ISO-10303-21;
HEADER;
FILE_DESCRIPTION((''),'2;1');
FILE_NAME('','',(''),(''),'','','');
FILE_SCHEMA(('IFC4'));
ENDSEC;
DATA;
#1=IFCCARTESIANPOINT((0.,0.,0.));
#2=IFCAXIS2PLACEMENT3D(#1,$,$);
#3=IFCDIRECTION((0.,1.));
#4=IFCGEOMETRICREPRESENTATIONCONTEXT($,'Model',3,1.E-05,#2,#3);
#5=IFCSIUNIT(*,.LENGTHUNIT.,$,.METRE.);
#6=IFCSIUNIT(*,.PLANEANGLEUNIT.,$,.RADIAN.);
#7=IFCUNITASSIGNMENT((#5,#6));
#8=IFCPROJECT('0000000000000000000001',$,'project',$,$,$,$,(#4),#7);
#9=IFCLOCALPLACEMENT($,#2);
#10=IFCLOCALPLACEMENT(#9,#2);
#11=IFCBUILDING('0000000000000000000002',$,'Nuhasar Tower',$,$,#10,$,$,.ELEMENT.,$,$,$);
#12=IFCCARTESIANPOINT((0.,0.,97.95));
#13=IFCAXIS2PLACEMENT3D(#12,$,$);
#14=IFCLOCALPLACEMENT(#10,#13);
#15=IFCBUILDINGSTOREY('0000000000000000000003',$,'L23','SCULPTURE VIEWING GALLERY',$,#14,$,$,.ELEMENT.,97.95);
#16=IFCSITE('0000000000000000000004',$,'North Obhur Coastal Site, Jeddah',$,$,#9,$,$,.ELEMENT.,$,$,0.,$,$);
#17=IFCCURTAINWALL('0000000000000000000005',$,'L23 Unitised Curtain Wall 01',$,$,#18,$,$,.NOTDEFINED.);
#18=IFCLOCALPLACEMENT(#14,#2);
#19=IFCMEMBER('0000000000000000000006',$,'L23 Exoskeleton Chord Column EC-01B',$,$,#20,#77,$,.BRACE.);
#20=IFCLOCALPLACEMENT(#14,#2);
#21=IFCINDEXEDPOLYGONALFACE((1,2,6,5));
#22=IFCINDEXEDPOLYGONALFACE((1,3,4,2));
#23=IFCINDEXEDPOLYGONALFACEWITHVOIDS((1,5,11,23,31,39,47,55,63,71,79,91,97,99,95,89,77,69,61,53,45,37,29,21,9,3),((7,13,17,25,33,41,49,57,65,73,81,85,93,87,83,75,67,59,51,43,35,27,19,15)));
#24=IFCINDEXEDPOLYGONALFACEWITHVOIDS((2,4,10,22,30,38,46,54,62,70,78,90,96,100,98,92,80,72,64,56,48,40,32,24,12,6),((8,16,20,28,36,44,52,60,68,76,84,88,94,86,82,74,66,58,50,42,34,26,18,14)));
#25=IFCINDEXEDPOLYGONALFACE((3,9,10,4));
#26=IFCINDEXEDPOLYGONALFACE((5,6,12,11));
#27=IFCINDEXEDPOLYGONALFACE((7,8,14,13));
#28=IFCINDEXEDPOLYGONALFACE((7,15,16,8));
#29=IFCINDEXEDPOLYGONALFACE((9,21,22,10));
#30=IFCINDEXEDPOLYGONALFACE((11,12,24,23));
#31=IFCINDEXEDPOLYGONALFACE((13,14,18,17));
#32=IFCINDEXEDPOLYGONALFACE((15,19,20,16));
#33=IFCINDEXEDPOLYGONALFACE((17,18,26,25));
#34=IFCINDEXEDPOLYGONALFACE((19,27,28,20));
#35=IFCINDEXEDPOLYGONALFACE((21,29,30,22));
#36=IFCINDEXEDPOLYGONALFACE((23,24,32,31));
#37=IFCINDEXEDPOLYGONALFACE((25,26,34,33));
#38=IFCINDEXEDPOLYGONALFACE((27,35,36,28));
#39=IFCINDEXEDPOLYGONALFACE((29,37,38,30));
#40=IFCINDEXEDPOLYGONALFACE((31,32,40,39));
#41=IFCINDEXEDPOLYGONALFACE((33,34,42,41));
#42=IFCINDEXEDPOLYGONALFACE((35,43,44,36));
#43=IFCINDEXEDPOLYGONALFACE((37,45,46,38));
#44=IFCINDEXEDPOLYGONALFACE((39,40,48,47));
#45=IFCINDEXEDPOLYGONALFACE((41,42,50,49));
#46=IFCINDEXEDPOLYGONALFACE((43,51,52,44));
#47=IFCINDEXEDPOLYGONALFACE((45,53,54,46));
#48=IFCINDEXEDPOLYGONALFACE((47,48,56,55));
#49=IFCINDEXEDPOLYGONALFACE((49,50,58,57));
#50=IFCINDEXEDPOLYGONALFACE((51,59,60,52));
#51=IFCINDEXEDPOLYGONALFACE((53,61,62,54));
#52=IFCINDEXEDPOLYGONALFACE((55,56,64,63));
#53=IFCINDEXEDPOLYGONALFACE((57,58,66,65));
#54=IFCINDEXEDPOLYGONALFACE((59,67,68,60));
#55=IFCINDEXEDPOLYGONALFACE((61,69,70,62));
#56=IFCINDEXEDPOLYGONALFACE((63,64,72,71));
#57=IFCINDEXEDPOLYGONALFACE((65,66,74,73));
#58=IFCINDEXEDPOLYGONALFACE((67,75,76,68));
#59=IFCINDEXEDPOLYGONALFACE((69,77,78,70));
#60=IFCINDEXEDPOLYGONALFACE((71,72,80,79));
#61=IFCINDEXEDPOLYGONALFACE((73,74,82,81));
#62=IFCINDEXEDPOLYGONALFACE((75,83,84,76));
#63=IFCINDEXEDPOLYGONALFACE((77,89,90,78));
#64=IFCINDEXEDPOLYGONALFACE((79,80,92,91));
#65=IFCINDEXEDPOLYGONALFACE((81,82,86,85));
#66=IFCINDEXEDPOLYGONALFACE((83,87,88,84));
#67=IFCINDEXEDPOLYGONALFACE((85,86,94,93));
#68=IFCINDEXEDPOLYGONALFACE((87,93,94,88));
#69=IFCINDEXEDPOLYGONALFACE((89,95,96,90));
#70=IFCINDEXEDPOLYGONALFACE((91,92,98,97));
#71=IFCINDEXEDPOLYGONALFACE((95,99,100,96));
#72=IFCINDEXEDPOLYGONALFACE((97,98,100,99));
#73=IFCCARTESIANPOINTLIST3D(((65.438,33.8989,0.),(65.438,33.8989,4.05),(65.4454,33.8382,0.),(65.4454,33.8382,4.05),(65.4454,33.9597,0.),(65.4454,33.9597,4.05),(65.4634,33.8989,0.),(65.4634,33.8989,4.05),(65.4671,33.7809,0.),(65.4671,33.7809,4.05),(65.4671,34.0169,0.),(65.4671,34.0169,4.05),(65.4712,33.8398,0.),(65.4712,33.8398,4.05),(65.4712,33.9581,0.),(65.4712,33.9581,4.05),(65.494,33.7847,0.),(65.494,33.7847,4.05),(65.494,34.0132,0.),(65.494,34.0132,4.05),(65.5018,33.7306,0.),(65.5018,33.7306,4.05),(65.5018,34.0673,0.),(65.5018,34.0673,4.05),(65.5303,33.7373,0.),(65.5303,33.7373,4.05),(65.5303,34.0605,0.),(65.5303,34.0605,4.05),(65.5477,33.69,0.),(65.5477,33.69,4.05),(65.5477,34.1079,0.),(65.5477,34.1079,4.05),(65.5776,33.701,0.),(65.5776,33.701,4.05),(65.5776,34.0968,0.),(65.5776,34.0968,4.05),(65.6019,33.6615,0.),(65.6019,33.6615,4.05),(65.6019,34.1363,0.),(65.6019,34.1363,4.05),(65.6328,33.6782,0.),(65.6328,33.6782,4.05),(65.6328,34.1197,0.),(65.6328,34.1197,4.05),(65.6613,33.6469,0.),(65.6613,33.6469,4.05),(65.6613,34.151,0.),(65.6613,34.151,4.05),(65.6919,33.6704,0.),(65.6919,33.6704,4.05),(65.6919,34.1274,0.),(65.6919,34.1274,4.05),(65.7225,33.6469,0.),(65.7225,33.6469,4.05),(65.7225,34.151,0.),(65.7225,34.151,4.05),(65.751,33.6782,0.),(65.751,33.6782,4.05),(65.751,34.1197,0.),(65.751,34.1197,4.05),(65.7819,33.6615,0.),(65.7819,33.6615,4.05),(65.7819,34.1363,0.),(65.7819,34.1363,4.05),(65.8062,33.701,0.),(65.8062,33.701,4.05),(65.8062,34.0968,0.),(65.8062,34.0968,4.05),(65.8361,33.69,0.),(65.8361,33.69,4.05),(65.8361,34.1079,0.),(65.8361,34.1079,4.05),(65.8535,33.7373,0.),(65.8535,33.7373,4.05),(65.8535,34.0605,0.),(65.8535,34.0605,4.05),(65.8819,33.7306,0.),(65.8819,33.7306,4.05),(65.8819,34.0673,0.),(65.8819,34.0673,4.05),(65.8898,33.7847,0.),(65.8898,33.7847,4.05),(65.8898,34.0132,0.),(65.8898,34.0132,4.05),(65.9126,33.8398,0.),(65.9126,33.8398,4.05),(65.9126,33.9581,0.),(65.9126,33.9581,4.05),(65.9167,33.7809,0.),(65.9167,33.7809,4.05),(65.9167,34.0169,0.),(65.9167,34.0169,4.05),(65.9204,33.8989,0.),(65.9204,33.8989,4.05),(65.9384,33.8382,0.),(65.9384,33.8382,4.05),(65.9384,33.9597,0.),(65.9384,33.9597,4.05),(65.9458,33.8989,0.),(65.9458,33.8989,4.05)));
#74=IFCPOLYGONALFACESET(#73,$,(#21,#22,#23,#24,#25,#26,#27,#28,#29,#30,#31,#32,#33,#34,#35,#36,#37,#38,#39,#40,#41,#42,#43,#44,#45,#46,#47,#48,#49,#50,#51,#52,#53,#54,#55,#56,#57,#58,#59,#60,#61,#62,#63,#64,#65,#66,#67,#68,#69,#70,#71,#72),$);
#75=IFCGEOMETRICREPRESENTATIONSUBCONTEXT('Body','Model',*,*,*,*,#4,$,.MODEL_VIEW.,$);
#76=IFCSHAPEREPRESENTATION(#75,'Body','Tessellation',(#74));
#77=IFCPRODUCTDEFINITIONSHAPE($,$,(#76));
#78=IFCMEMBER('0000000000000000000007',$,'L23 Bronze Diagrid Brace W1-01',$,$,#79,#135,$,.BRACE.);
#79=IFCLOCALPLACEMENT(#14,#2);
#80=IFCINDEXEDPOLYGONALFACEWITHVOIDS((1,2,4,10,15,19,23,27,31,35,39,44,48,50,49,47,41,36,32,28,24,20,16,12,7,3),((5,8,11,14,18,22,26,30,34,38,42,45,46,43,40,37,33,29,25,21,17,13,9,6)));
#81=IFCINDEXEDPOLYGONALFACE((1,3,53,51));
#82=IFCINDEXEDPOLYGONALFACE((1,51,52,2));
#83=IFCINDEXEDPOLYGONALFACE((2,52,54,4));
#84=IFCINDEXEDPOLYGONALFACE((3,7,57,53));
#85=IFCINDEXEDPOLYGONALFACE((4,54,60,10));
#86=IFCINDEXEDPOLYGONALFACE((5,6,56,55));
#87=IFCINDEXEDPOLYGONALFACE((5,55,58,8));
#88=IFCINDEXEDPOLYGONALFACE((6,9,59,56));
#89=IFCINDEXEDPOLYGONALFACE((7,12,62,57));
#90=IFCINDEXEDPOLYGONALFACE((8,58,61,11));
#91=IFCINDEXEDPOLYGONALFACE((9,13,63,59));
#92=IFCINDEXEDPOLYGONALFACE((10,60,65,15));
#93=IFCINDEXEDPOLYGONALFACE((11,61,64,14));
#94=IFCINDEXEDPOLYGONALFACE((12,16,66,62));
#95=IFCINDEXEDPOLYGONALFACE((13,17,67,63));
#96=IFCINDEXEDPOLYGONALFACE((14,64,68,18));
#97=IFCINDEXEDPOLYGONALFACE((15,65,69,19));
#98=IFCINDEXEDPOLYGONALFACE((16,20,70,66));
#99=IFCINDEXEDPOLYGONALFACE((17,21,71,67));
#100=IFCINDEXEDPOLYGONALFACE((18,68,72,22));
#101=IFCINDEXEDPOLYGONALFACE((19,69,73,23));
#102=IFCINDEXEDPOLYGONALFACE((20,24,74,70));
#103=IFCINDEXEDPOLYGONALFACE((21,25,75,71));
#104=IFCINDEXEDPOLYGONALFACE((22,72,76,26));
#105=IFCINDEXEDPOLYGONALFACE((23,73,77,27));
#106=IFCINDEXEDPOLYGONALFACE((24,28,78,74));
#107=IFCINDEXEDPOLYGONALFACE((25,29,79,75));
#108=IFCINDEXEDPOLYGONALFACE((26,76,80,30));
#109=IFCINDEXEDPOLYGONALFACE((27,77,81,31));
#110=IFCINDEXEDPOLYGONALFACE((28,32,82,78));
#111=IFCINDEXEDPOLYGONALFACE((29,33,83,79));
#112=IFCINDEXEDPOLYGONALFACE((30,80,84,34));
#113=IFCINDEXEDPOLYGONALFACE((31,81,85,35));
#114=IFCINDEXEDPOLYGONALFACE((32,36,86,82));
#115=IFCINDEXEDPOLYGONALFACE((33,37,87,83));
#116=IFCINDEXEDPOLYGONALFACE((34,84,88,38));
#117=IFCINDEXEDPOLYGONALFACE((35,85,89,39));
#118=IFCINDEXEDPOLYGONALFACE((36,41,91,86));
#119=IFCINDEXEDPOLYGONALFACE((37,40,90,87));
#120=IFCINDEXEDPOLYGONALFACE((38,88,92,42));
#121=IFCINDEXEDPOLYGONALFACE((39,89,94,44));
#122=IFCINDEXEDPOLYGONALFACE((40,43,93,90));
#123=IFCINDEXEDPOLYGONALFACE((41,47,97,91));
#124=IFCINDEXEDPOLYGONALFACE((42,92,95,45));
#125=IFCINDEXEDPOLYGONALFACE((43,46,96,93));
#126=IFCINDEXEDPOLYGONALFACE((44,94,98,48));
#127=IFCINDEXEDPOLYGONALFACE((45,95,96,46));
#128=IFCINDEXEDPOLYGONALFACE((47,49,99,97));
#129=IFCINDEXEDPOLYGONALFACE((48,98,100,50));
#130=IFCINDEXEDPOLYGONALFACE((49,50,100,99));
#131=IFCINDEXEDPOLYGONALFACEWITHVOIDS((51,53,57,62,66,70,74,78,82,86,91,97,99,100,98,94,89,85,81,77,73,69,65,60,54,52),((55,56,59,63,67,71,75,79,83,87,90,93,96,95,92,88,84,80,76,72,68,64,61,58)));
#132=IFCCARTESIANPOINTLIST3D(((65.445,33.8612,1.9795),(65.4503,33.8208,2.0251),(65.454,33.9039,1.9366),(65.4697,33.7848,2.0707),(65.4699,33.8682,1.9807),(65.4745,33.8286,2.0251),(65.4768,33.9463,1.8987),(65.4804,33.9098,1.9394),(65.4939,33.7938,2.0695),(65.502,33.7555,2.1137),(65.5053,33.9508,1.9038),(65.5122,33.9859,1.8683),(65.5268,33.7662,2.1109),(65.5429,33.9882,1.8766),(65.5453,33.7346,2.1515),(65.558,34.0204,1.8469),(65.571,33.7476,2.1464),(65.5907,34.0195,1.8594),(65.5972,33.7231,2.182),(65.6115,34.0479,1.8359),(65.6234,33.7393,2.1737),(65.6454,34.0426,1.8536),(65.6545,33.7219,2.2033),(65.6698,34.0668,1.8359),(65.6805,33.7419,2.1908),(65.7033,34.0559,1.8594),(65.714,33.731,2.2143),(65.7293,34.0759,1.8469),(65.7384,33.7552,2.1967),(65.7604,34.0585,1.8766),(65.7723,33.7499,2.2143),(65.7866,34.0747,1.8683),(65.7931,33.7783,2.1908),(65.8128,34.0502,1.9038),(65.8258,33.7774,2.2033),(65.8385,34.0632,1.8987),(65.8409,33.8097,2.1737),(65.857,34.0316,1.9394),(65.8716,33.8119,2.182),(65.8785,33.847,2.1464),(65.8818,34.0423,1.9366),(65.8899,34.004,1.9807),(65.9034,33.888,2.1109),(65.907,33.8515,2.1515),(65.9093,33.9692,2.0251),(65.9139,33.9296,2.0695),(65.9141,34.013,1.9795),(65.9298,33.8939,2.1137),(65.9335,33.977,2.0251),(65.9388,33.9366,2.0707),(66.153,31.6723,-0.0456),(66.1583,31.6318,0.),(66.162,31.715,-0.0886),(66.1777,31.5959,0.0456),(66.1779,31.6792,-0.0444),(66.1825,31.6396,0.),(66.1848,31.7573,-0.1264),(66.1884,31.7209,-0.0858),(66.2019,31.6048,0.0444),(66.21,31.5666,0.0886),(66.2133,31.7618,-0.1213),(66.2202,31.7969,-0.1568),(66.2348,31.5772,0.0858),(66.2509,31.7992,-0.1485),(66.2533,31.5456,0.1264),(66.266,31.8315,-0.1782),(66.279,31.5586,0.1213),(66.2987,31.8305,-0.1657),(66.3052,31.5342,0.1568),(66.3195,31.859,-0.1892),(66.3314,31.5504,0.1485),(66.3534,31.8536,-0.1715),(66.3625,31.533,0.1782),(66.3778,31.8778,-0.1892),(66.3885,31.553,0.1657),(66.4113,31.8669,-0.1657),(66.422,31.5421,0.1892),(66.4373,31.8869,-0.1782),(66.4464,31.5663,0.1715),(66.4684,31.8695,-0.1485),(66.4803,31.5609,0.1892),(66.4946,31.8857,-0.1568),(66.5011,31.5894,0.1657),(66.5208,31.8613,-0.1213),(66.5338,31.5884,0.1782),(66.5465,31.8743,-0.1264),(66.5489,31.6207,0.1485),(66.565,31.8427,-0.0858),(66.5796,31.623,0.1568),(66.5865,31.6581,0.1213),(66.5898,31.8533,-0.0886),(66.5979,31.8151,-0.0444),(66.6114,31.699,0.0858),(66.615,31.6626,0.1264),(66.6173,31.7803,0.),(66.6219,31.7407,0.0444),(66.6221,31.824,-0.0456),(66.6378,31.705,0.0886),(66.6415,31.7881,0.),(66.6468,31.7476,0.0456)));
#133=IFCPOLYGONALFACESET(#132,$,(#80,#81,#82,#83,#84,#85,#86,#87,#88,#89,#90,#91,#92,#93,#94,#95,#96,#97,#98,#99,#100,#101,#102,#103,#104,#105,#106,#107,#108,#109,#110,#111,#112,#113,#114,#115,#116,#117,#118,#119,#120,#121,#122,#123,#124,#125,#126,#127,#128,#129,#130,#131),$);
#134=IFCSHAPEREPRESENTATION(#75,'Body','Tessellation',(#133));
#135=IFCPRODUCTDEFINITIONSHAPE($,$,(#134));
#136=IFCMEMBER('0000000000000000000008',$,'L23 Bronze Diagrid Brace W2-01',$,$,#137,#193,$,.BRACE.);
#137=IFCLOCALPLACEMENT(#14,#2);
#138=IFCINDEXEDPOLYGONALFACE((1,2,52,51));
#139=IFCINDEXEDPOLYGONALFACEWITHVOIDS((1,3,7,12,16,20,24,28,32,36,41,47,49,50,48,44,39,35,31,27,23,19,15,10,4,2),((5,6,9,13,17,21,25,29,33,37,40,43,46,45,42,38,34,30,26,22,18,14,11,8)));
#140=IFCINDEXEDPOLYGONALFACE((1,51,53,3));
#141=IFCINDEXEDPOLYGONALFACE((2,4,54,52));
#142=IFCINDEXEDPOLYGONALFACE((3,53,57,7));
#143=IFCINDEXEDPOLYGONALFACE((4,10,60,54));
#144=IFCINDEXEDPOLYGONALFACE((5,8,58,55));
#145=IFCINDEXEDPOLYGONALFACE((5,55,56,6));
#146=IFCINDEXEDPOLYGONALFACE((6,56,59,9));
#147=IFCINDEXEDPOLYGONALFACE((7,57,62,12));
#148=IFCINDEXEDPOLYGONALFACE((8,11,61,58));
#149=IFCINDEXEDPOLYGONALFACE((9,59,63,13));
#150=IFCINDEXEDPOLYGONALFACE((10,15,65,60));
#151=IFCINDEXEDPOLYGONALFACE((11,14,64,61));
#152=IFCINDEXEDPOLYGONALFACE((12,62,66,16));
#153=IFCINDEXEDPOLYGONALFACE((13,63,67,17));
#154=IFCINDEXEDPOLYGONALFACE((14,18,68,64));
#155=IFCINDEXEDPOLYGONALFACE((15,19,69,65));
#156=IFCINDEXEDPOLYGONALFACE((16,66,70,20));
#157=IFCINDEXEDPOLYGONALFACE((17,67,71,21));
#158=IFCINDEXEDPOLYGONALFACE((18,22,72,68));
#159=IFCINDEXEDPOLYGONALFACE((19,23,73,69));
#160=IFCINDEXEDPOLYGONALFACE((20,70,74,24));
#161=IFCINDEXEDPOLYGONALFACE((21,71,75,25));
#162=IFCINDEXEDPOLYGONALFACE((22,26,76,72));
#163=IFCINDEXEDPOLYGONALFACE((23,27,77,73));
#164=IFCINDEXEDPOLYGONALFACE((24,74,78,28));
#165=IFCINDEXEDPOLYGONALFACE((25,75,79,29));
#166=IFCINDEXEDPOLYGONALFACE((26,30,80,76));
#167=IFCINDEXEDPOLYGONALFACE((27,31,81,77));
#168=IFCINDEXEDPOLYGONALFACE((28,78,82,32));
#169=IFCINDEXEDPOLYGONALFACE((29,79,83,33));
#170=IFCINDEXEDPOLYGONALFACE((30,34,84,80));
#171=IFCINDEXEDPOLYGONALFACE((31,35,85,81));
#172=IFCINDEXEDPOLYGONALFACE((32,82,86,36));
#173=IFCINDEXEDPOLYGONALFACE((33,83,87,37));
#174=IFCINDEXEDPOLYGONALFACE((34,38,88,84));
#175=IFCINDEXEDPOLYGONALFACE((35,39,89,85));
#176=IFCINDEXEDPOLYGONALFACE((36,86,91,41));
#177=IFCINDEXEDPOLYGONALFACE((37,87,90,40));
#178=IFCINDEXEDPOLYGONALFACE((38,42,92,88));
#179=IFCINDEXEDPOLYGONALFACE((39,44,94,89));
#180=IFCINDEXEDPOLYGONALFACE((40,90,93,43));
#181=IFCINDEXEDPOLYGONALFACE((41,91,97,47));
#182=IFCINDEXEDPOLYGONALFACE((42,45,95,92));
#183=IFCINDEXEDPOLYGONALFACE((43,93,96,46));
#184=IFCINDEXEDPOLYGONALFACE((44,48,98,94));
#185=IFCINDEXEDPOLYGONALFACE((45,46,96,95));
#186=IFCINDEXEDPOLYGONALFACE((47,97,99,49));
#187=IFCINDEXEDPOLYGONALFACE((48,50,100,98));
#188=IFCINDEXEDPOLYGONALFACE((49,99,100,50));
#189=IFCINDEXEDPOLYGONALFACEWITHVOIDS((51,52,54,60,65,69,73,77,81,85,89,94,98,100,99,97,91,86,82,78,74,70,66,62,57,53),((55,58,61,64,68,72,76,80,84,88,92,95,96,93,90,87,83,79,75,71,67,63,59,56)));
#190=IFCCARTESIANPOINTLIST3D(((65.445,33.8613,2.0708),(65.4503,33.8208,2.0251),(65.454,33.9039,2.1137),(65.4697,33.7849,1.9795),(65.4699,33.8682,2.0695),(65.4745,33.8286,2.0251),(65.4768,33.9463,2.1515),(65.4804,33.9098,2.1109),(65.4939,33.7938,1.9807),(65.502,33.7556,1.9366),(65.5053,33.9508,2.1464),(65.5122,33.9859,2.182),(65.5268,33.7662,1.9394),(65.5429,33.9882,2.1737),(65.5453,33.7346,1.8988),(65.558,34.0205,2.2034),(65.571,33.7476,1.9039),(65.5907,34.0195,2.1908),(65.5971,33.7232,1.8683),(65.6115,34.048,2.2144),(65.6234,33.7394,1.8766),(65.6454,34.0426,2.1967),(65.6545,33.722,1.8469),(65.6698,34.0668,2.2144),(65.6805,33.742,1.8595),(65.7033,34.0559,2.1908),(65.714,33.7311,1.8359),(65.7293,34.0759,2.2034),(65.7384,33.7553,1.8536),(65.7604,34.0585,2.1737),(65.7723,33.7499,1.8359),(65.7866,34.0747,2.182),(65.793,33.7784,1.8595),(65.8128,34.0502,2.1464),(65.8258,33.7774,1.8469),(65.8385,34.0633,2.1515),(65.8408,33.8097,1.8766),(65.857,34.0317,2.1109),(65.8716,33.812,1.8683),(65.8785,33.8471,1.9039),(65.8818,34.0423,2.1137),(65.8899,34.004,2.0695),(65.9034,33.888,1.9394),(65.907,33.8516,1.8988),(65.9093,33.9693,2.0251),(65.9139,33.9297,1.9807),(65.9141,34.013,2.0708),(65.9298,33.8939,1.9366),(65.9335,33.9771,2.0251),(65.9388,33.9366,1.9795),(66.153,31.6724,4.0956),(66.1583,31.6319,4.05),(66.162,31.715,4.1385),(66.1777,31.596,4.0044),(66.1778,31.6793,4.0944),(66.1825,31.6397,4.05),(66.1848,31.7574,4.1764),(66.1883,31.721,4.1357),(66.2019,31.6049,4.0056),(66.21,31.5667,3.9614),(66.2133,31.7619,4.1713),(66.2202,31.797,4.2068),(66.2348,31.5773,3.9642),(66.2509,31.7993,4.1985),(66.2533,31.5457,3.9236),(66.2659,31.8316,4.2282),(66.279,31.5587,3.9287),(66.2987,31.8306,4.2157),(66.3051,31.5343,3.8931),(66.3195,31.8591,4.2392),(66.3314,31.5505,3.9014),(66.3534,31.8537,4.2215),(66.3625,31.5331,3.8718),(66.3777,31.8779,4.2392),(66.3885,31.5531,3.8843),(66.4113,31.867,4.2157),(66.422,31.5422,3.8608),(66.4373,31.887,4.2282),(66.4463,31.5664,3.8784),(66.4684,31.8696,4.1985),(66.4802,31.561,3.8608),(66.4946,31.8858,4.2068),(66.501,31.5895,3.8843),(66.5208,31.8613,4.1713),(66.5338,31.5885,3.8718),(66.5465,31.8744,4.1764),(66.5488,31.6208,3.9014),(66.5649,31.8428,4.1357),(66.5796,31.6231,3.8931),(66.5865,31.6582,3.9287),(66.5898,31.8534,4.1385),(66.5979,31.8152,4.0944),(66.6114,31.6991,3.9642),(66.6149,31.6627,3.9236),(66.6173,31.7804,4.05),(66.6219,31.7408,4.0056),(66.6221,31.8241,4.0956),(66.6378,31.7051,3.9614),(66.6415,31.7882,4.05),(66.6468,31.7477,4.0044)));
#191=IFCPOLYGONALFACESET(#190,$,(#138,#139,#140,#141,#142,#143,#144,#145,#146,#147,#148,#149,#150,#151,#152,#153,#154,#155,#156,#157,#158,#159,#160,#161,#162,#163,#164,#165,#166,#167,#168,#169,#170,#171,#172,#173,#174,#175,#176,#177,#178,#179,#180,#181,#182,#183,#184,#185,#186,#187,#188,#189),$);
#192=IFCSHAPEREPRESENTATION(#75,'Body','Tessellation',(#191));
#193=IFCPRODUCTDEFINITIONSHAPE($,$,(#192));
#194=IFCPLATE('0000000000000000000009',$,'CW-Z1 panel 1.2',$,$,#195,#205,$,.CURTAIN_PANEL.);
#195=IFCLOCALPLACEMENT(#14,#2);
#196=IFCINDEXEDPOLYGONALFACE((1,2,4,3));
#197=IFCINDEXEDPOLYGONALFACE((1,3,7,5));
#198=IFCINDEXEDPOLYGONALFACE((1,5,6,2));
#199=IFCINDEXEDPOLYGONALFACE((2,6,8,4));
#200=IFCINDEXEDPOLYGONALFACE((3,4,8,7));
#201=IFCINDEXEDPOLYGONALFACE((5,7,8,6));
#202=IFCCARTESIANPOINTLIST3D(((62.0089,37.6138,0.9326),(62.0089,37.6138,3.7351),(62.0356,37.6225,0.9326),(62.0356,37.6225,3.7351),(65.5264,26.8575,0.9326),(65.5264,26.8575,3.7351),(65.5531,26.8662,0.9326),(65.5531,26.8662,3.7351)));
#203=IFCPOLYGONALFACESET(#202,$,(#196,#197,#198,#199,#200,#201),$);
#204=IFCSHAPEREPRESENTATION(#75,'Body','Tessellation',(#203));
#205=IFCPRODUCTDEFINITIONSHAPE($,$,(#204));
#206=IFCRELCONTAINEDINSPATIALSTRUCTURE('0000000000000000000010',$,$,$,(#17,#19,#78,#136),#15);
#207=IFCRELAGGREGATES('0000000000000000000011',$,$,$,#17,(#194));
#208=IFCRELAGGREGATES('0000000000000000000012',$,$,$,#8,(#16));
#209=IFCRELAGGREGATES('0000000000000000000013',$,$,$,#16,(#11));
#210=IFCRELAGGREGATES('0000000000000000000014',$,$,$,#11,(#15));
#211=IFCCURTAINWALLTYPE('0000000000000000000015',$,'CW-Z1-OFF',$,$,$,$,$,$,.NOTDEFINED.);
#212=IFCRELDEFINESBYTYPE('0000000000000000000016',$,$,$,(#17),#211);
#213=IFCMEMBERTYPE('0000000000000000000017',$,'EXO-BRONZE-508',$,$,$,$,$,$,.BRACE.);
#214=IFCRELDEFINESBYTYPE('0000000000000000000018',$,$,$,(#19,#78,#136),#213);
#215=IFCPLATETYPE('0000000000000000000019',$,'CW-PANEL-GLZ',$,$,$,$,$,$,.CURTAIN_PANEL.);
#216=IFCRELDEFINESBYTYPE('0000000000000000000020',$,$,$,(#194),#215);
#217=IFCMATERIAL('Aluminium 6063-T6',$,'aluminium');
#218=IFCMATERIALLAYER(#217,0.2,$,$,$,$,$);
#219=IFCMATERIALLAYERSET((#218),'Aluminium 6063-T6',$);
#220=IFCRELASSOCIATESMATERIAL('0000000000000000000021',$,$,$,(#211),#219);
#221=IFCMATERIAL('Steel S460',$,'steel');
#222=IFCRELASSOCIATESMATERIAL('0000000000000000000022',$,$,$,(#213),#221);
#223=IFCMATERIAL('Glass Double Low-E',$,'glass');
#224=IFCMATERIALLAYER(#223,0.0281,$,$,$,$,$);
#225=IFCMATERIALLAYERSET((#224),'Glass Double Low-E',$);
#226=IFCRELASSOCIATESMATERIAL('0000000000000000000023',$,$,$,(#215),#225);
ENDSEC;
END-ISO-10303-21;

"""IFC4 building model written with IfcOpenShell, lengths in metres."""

from ifc_helpers import new_model, si_unit, direction, frame, origin, origin_2d, place, context, subcontext, project, spatial, rectangle, hollow_circle, extrude, material, layer, layer_set, material_profile, profile_set, type_object, element, aggregate, save


model = new_model("IFC4")

# Units and contexts
model_context = context("Model", 3, precision=1e-05, world=origin(), true_north=direction((0.0, 1.0)))
body_context = subcontext(model_context, "Body", "Model", "MODEL_VIEW")
ifc_project = project(units=[si_unit("LENGTHUNIT", "METRE"), si_unit("PLANEANGLEUNIT", "RADIAN")], contexts=[model_context])

# Site, building, storey
site_placement = place(None, origin())
site = spatial("IfcSite", under=ifc_project, at=site_placement, Name="North Obhur Coastal Site, Jeddah", CompositionType="ELEMENT", RefElevation=0.0)
building_placement = place(site_placement, origin())
building = spatial("IfcBuilding", under=site, at=building_placement, Name="Nuhasar Tower", CompositionType="ELEMENT")
storey_placement = place(building_placement, frame((0.0, 0.0, 97.95)))
storey = spatial("IfcBuildingStorey", under=building, at=storey_placement, Name="L23", Description="SCULPTURE VIEWING GALLERY", CompositionType="ELEMENT", Elevation=97.95)

# Curtain wall
ifc_material_1 = material(Name="Aluminium 6063-T6", Category="aluminium")
ifc_layer_1 = layer(ifc_material_1, 0.2)
ifc_layer_set_1 = layer_set([ifc_layer_1], Name="Aluminium 6063-T6")
curtain_wall_type = type_object("IfcCurtainWallType", Name="CW-Z1-OFF", PredefinedType="NOTDEFINED", material=ifc_layer_set_1)
curtain_wall_placement = place(storey_placement, origin())
curtain_wall = element("IfcCurtainWall", 1, at=curtain_wall_placement, inside=storey, type_object=curtain_wall_type, Name="L23 Unitised Curtain Wall 01", PredefinedType="NOTDEFINED")

# Members
ifc_material_2 = material(Name="Steel S460", Category="steel")
ifc_material_profile_1 = material_profile(ifc_material_2, hollow_circle(Radius=0.2539, WallThickness=0.0254, at=origin_2d()), Name="HSS508X25.4")
ifc_profile_set_1 = profile_set([ifc_material_profile_1], Name="Steel S460")
member_type_1 = type_object("IfcMemberType", Name="EXO-BRONZE-508", PredefinedType="BRACE", material=ifc_profile_set_1)
for number, where, z_axis, x_axis, name in (
    (2, (65.6919, 33.8989, 0.0), (0.0, 0.0, 1.0), (1.0, 0.0, 0.0), "L23 Exoskeleton Chord Column EC-01B"),
):
    element("IfcMember", number, at=place(storey_placement, frame(where, z_axis=z_axis, x_axis=x_axis)), inside=storey, type_object=member_type_1, Name=name, PredefinedType="BRACE", context=body_context, shape_type="SweptSolid", body=[
        extrude(hollow_circle(Radius=0.2539, WallThickness=0.0254, at=origin_2d()), origin(), (0.0, 0.0, 1.0), 4.05),
    ])
member_1_placement = place(storey_placement, frame((66.3999, 31.71, 0.0), z_axis=(-0.231, 0.714187, 0.660739), x_axis=(-0.951468, -0.307747, 0.0)))
element("IfcMember", 3, at=member_1_placement, inside=storey, type_object=member_type_1, Name="L23 Bronze Diagrid Brace W1-01", PredefinedType="BRACE", context=body_context, shape_type="SweptSolid", body=[
    extrude(hollow_circle(Radius=0.2539, WallThickness=0.0254, at=origin_2d()), origin(), (0.0, 0.0, 1.0), 3.0649),
])
member_2_placement = place(storey_placement, frame((65.6919, 33.8989, 2.0251), z_axis=(0.231012, -0.714225, 0.660694), x_axis=(0.951468, 0.307747, 0.0)))
element("IfcMember", 4, at=member_2_placement, inside=storey, type_object=member_type_1, Name="L23 Bronze Diagrid Brace W2-01", PredefinedType="BRACE", context=body_context, shape_type="SweptSolid", body=[
    extrude(hollow_circle(Radius=0.2539, WallThickness=0.0254, at=origin_2d()), origin(), (0.0, 0.0, 1.0), 3.0647),
])

# Plate
ifc_material_3 = material(Name="Glass Double Low-E", Category="glass")
ifc_layer_2 = layer(ifc_material_3, 0.0281)
ifc_layer_set_2 = layer_set([ifc_layer_2], Name="Glass Double Low-E")
plate_type_1 = type_object("IfcPlateType", Name="CW-PANEL-GLZ", PredefinedType="CURTAIN_PANEL", material=ifc_layer_set_2)
plate_1_placement = place(storey_placement, frame((63.781, 32.24, 0.9326), z_axis=(0.0, 0.0, 1.0), x_axis=(-0.310824, 0.950468, 0.0)))
plate_1 = element("IfcPlate", 5, at=plate_1_placement, type_object=plate_type_1, Name="CW-Z1 panel 1.2", PredefinedType="CURTAIN_PANEL", context=body_context, shape_type="SweptSolid", body=[
    extrude(rectangle(XDim=11.3169, YDim=0.0281, at=origin_2d()), origin(), (0.0, 0.0, 1.0), 2.8025),
])
aggregate(curtain_wall, [plate_1])

save(model, "model.ifc")
